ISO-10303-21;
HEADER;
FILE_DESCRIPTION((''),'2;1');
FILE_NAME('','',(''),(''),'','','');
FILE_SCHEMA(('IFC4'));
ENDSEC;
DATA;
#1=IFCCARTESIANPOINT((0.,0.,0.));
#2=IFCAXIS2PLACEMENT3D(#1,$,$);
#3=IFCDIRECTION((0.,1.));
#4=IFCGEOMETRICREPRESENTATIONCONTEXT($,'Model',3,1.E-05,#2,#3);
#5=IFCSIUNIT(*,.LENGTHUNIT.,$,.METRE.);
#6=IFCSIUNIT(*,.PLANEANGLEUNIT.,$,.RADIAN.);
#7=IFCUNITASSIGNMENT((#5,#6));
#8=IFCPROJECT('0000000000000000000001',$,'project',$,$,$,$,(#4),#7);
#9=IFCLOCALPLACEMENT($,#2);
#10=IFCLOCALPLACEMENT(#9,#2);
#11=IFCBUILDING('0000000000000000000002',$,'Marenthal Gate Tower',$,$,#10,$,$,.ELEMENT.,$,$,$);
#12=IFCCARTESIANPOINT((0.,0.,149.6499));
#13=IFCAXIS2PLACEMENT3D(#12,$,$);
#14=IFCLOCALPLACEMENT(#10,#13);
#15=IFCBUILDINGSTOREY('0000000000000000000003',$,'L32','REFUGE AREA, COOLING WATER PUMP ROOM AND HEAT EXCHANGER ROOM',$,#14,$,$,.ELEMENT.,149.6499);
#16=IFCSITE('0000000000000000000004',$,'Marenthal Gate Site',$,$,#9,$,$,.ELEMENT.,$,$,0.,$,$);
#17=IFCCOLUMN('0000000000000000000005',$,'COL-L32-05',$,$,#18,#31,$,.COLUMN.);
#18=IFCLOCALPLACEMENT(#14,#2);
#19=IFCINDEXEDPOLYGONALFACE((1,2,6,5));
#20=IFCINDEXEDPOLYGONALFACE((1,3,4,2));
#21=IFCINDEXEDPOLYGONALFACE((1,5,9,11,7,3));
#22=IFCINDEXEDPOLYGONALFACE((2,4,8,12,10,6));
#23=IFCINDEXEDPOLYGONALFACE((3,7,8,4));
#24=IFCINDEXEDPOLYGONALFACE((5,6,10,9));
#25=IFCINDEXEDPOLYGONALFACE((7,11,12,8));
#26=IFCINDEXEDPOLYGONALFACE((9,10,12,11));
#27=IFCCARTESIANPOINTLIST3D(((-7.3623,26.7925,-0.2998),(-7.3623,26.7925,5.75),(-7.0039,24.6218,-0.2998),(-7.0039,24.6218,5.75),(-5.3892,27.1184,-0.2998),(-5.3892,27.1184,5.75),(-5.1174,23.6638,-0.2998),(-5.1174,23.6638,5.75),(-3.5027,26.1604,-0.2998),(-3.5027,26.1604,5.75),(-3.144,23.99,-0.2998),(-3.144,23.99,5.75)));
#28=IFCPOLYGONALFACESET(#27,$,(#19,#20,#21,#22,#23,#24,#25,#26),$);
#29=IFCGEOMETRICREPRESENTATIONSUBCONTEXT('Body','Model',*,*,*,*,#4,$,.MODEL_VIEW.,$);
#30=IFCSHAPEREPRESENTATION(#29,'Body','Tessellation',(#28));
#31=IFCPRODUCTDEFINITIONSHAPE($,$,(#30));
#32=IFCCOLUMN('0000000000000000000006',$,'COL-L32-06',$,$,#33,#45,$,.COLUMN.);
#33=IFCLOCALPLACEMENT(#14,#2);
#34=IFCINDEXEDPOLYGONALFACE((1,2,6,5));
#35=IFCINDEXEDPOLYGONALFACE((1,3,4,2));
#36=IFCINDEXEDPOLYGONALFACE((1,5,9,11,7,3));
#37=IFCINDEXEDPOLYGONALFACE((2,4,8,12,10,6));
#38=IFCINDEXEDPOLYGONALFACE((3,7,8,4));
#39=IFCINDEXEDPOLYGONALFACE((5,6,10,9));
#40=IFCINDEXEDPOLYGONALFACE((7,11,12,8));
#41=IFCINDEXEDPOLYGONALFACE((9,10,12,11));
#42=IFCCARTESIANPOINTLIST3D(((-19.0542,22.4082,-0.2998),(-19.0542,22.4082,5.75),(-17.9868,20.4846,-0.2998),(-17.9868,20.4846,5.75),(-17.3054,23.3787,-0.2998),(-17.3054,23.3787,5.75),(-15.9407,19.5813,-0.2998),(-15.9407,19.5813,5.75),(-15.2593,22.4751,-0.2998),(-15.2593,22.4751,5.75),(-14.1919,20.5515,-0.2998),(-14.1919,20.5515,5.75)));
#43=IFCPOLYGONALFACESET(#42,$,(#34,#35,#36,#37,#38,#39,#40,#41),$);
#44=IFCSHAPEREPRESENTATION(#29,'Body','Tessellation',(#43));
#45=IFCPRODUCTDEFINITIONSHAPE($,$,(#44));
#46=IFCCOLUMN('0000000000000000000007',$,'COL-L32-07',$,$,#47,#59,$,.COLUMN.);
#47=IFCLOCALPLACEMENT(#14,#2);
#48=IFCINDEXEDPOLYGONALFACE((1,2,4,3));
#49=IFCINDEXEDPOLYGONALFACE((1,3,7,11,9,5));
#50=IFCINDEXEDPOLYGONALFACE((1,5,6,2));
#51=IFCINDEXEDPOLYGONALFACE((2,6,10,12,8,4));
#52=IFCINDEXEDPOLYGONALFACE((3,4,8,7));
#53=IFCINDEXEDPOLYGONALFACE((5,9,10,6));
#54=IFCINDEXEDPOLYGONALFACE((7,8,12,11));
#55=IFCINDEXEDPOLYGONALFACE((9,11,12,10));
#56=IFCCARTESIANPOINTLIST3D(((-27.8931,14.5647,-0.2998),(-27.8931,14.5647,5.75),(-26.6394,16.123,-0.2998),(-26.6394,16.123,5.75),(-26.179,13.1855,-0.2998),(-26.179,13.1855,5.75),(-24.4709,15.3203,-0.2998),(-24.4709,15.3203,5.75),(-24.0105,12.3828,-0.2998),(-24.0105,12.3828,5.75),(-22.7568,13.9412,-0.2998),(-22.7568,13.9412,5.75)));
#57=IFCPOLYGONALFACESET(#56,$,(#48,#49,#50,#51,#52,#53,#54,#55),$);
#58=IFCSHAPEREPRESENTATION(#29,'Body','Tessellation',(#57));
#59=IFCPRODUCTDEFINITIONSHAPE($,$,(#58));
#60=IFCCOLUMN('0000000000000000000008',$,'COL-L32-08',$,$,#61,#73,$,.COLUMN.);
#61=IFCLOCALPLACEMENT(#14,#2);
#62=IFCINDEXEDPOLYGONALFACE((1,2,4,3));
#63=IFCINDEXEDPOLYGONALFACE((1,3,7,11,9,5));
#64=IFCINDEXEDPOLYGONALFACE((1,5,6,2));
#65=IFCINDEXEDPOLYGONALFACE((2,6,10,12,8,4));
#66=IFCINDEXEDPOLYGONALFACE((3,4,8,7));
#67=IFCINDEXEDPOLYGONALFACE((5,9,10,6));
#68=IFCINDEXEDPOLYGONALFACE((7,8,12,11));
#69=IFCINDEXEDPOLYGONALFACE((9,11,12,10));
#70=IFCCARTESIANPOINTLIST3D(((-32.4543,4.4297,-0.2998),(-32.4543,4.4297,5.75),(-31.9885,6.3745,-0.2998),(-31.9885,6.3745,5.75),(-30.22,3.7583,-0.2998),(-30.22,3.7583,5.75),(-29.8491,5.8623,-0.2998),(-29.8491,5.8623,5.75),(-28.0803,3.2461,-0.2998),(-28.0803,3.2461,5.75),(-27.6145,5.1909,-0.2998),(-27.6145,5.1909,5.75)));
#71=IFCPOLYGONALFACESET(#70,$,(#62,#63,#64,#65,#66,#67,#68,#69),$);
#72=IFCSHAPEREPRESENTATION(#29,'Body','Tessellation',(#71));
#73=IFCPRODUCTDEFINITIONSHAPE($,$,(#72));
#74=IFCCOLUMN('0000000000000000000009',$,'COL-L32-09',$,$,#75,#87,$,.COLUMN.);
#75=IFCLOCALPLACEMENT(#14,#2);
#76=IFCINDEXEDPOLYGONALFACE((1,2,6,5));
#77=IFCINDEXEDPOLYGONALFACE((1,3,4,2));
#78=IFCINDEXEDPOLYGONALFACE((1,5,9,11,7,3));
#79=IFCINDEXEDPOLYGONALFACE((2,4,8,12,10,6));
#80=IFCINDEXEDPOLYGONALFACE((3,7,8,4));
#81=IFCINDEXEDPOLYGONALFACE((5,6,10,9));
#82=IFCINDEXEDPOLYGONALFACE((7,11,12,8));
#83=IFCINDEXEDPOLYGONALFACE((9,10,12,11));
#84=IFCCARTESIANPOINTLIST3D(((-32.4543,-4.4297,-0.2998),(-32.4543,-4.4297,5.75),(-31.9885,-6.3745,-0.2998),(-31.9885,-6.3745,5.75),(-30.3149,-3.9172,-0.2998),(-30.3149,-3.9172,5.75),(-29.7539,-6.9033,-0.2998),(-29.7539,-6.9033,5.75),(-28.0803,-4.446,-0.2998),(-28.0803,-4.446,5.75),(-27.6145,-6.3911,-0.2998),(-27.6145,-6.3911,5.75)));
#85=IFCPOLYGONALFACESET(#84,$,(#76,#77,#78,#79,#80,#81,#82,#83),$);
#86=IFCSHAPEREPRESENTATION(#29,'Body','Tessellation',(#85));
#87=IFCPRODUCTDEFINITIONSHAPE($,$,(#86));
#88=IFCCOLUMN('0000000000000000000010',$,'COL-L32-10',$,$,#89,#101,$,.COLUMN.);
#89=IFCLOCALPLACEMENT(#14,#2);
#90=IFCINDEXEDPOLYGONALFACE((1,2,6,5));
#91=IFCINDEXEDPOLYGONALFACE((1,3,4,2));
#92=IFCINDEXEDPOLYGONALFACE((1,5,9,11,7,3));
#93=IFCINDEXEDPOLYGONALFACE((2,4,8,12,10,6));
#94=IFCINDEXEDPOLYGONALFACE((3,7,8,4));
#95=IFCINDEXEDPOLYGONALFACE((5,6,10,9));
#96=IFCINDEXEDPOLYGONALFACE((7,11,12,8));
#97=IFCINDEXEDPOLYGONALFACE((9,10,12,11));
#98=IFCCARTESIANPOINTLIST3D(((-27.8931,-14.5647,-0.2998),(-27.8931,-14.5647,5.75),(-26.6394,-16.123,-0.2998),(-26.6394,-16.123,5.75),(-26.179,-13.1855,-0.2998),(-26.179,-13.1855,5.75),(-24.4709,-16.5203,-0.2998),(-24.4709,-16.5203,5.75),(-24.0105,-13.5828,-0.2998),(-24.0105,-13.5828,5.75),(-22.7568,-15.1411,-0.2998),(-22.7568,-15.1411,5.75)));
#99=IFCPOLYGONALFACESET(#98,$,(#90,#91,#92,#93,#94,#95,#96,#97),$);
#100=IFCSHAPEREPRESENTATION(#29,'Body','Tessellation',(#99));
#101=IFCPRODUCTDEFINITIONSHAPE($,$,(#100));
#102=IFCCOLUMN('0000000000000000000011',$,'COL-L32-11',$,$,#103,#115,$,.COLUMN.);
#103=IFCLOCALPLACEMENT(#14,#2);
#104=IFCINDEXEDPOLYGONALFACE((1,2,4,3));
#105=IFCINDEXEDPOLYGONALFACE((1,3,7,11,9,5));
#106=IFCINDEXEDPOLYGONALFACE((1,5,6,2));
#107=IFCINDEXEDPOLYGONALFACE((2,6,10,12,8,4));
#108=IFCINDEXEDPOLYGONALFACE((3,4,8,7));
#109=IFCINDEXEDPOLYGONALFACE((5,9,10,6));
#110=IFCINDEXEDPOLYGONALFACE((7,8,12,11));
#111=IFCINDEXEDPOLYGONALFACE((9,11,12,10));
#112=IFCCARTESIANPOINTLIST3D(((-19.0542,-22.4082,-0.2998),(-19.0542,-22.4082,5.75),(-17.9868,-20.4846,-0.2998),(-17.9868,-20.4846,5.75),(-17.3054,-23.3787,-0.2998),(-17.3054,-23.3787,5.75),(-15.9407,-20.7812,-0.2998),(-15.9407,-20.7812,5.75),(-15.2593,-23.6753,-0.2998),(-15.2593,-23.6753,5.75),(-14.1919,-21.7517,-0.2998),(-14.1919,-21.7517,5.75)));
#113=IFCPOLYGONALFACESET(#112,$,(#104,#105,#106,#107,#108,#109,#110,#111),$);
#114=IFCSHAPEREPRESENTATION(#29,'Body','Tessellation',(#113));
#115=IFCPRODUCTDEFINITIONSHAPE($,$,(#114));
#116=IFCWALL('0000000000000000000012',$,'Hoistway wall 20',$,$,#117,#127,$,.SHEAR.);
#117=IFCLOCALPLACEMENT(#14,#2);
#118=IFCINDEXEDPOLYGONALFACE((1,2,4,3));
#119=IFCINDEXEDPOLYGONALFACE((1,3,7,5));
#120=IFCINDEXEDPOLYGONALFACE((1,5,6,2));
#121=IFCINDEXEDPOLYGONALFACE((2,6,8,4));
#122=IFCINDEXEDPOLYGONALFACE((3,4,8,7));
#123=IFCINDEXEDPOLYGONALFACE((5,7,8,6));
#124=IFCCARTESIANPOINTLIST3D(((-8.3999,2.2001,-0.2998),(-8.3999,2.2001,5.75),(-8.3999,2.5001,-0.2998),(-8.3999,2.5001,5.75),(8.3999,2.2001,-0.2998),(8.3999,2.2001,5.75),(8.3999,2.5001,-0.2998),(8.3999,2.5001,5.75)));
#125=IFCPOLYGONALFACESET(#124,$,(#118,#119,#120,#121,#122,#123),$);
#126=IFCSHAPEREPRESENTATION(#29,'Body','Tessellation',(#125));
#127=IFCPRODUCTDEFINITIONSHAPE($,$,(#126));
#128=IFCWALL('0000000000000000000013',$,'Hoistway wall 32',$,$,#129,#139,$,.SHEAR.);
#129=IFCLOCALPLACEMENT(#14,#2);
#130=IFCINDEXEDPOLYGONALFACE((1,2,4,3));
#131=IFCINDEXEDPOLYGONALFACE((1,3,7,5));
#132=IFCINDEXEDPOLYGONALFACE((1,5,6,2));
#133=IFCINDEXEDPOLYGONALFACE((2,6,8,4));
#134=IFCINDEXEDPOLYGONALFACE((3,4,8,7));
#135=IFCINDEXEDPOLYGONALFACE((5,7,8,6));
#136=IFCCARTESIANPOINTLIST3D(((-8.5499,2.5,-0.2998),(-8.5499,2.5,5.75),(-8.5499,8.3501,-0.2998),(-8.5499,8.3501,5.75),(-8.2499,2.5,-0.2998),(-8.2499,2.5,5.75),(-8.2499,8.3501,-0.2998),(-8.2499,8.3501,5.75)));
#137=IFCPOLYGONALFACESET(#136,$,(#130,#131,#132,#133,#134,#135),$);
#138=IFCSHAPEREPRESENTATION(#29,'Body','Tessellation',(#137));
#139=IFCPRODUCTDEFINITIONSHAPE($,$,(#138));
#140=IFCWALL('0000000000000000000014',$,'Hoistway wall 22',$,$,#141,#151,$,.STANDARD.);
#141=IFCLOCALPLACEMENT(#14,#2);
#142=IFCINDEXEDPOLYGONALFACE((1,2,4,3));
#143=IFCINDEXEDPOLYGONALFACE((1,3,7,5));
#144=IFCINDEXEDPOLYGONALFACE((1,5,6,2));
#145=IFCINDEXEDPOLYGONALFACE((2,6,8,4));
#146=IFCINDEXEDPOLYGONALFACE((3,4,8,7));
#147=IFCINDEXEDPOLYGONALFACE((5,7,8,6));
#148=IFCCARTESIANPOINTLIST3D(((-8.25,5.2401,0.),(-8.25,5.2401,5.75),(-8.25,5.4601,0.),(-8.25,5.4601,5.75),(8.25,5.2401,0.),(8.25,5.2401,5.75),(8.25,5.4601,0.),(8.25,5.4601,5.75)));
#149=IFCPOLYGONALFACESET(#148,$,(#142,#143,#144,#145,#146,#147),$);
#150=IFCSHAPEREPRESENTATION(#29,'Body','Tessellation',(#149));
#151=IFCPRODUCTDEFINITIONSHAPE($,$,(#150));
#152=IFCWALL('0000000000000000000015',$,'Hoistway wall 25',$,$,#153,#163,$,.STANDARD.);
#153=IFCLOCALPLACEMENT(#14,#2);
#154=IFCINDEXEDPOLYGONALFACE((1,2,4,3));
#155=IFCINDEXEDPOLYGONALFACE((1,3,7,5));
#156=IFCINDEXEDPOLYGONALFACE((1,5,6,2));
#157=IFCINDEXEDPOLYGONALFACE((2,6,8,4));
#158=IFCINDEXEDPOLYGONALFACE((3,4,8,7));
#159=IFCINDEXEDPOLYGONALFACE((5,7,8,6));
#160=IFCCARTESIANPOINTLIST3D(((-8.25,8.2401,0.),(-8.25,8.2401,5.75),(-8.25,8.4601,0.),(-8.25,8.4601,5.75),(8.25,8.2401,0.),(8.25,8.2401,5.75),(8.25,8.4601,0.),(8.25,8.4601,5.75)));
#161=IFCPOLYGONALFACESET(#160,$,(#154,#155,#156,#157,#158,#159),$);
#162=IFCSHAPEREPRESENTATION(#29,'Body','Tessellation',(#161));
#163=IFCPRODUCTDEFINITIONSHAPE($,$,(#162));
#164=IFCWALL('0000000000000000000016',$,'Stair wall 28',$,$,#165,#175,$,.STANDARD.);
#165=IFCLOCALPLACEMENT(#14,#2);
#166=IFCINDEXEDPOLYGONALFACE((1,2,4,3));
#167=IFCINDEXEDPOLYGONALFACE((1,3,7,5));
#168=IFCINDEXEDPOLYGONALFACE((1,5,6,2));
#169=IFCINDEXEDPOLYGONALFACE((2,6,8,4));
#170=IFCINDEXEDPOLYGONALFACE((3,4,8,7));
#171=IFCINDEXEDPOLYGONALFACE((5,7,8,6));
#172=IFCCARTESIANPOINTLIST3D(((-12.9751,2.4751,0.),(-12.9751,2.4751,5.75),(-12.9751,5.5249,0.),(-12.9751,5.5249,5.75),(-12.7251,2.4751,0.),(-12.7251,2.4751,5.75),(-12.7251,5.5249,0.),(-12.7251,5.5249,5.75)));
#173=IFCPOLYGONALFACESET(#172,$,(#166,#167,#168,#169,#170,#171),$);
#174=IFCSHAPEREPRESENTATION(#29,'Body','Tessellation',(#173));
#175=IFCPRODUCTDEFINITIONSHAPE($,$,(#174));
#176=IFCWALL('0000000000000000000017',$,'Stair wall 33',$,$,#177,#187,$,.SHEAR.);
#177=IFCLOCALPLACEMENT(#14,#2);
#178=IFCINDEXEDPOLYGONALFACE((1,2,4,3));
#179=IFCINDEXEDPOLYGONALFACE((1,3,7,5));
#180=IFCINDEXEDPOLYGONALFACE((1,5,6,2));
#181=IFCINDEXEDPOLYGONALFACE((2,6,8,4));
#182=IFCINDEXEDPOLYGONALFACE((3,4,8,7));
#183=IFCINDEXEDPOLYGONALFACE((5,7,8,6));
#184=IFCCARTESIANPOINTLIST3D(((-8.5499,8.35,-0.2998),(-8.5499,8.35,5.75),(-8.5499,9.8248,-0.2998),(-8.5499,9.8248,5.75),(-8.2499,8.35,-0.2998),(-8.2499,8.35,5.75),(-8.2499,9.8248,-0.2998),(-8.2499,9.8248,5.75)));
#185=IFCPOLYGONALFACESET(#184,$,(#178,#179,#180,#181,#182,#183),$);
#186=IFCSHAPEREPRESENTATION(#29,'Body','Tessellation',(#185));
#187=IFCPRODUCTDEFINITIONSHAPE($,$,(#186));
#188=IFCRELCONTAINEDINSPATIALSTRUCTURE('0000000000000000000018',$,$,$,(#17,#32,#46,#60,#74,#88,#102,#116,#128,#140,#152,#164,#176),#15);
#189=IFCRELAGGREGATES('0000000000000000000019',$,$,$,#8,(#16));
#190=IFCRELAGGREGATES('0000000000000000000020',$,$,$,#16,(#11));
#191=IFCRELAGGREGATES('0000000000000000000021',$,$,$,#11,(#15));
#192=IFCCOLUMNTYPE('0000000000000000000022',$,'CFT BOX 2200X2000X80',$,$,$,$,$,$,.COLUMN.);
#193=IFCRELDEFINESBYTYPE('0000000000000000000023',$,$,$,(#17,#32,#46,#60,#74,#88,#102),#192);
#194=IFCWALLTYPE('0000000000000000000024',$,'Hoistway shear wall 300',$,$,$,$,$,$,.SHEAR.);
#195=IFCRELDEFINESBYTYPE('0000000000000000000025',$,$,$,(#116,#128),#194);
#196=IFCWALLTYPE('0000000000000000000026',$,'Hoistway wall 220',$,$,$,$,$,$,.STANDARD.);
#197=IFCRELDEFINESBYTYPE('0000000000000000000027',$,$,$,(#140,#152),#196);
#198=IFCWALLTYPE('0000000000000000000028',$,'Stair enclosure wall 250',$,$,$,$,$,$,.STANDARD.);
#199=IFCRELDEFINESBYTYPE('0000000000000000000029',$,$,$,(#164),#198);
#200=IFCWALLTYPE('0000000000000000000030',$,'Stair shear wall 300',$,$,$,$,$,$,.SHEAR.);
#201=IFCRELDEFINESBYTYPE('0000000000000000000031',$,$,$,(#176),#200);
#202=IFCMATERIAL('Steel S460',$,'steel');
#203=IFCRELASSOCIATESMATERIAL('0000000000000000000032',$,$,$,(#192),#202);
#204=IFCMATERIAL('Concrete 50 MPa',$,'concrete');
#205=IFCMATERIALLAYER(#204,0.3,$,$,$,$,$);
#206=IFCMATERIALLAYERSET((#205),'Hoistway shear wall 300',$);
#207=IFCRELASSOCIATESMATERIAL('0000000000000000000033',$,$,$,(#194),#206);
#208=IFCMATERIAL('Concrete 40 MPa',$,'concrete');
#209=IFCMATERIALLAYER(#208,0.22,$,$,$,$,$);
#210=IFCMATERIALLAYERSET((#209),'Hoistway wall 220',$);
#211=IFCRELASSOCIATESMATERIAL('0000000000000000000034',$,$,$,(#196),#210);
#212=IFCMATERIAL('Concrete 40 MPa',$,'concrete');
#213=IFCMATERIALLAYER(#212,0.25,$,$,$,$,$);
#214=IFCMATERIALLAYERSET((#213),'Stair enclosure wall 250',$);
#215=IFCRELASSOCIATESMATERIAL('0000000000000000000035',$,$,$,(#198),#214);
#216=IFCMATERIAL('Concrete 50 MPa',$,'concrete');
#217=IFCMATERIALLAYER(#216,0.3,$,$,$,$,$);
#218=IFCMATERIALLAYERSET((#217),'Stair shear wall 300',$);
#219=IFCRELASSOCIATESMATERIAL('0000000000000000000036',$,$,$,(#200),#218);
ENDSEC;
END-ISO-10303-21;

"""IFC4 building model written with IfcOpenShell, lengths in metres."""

from ifc_helpers import new_model, si_unit, direction, frame, frame_2d, origin, origin_2d, place, context, subcontext, project, spatial, polyline, rectangle, hollow_rectangle, outline, extrude, material, layer, layer_set, material_profile, profile_set, type_object, element, save


model = new_model("IFC4")

# Units and contexts
model_context = context("Model", 3, precision=1e-05, world=origin(), true_north=direction((0.0, 1.0)))
body_context = subcontext(model_context, "Body", "Model", "MODEL_VIEW")
ifc_project = project(units=[si_unit("LENGTHUNIT", "METRE"), si_unit("PLANEANGLEUNIT", "RADIAN")], contexts=[model_context])

# Site, building, storey
site_placement = place(None, origin())
site = spatial("IfcSite", under=ifc_project, at=site_placement, Name="Marenthal Gate Site", CompositionType="ELEMENT", RefElevation=0.0)
building_placement = place(site_placement, origin())
building = spatial("IfcBuilding", under=site, at=building_placement, Name="Marenthal Gate Tower", CompositionType="ELEMENT")
storey_placement = place(building_placement, frame((0.0, 0.0, 149.6499)))
storey = spatial("IfcBuildingStorey", under=building, at=storey_placement, Name="L32", Description="REFUGE AREA, COOLING WATER PUMP ROOM AND HEAT EXCHANGER ROOM", CompositionType="ELEMENT", Elevation=149.6499)

# Columns
ifc_material_1 = material(Name="Steel S460", Category="steel")
ifc_material_profile_1 = material_profile(ifc_material_1, hollow_rectangle(XDim=2.0, YDim=2.2, WallThickness=0.0801, at=origin_2d()), Name="CFT BOX 2200X2000X80")
ifc_material_2 = material(Name="Concrete 70 MPa", Category="concrete")
ifc_material_profile_2 = material_profile(ifc_material_2, rectangle(XDim=1.8401, YDim=2.04, at=origin_2d()), Name="CFT BOX 2200X2000X80 INFILL")
ifc_profile_set = profile_set([ifc_material_profile_1, ifc_material_profile_2], Name="Steel S460 shell, Concrete 70 MPa infill")
column_type = type_object("IfcColumnType", Name="CFT BOX 2200X2000X80", PredefinedType="COLUMN", material=ifc_profile_set)
column_1_placement = place(storey_placement, frame((0.0, 0.0, -0.2998)))
element("IfcColumn", 1, at=column_1_placement, inside=storey, type_object=column_type, Name="COL-L32-05", PredefinedType="COLUMN", context=body_context, shape_type="SweptSolid", body=[
    extrude(outline(polyline([(-5.1174, 23.6638), (-7.0039, 24.6218), (-7.3623, 26.7925), (-5.3892, 27.1184), (-3.5027, 26.1604), (-3.144, 23.99), (-5.1174, 23.6638)])), origin(), (0.0, 0.0, 1.0), 6.0498),
])
column_2_placement = place(storey_placement, frame((0.0, 0.0, -0.2998)))
element("IfcColumn", 2, at=column_2_placement, inside=storey, type_object=column_type, Name="COL-L32-06", PredefinedType="COLUMN", context=body_context, shape_type="SweptSolid", body=[
    extrude(outline(polyline([(-15.9407, 19.5813), (-17.9868, 20.4846), (-19.0542, 22.4082), (-17.3054, 23.3787), (-15.2593, 22.4751), (-14.1919, 20.5515), (-15.9407, 19.5813)])), origin(), (0.0, 0.0, 1.0), 6.0498),
])
column_3_placement = place(storey_placement, frame((0.0, 0.0, -0.2998)))
element("IfcColumn", 3, at=column_3_placement, inside=storey, type_object=column_type, Name="COL-L32-07", PredefinedType="COLUMN", context=body_context, shape_type="SweptSolid", body=[
    extrude(outline(polyline([(-24.0105, 12.3828), (-26.179, 13.1855), (-27.8931, 14.5647), (-26.6394, 16.123), (-24.4709, 15.3203), (-22.7568, 13.9412), (-24.0105, 12.3828)])), origin(), (0.0, 0.0, 1.0), 6.0498),
])
column_4_placement = place(storey_placement, frame((0.0, 0.0, -0.2998)))
element("IfcColumn", 4, at=column_4_placement, inside=storey, type_object=column_type, Name="COL-L32-08", PredefinedType="COLUMN", context=body_context, shape_type="SweptSolid", body=[
    extrude(outline(polyline([(-28.0803, 3.2461), (-30.22, 3.7583), (-32.4543, 4.4297), (-31.9885, 6.3745), (-29.8491, 5.8623), (-27.6145, 5.1909), (-28.0803, 3.2461)])), origin(), (0.0, 0.0, 1.0), 6.0498),
])
column_5_placement = place(storey_placement, frame((0.0, 0.0, -0.2998)))
element("IfcColumn", 5, at=column_5_placement, inside=storey, type_object=column_type, Name="COL-L32-09", PredefinedType="COLUMN", context=body_context, shape_type="SweptSolid", body=[
    extrude(outline(polyline([(-29.7539, -6.9033), (-31.9885, -6.3745), (-32.4543, -4.4297), (-30.3149, -3.9172), (-28.0803, -4.446), (-27.6145, -6.3911), (-29.7539, -6.9033)])), origin(), (0.0, 0.0, 1.0), 6.0498),
])
column_6_placement = place(storey_placement, frame((0.0, 0.0, -0.2998)))
element("IfcColumn", 6, at=column_6_placement, inside=storey, type_object=column_type, Name="COL-L32-10", PredefinedType="COLUMN", context=body_context, shape_type="SweptSolid", body=[
    extrude(outline(polyline([(-24.4709, -16.5203), (-26.6394, -16.123), (-27.8931, -14.5647), (-26.179, -13.1855), (-24.0105, -13.5828), (-22.7568, -15.1411), (-24.4709, -16.5203)])), origin(), (0.0, 0.0, 1.0), 6.0498),
])
column_7_placement = place(storey_placement, frame((0.0, 0.0, -0.2998)))
element("IfcColumn", 7, at=column_7_placement, inside=storey, type_object=column_type, Name="COL-L32-11", PredefinedType="COLUMN", context=body_context, shape_type="SweptSolid", body=[
    extrude(outline(polyline([(-15.2593, -23.6753), (-17.3054, -23.3787), (-19.0542, -22.4082), (-17.9868, -20.4846), (-15.9407, -20.7812), (-14.1919, -21.7517), (-15.2593, -23.6753)])), origin(), (0.0, 0.0, 1.0), 6.0498),
])

# Walls
ifc_material_3 = material(Name="Concrete 50 MPa", Category="concrete")
ifc_layer_1 = layer(ifc_material_3, 0.3)
ifc_layer_set_1 = layer_set([ifc_layer_1], Name="Hoistway shear wall 300")
wall_type_1 = type_object("IfcWallType", Name="Hoistway shear wall 300", PredefinedType="SHEAR", material=ifc_layer_set_1)
wall_1_placement = place(storey_placement, frame((-8.3999, 2.3501, -0.2998), z_axis=(0.0, 0.0, 1.0), x_axis=(1.0, 0.0, 0.0)))
element("IfcWall", 8, at=wall_1_placement, inside=storey, type_object=wall_type_1, Name="Hoistway wall 20", PredefinedType="SHEAR", context=body_context, shape_type="SweptSolid", body=[
    extrude(rectangle(XDim=16.7998, YDim=0.3, at=frame_2d((8.3999, 0.0))), origin(), (0.0, 0.0, 1.0), 6.0498),
])
wall_2_placement = place(storey_placement, frame((-8.3999, 2.5, -0.2998), z_axis=(0.0, 0.0, 1.0), x_axis=(0.0, 1.0, 0.0)))
element("IfcWall", 9, at=wall_2_placement, inside=storey, type_object=wall_type_1, Name="Hoistway wall 32", PredefinedType="SHEAR", context=body_context, shape_type="SweptSolid", body=[
    extrude(rectangle(XDim=5.8501, YDim=0.3, at=frame_2d((2.925, 0.0))), origin(), (0.0, 0.0, 1.0), 6.0498),
])
ifc_material_4 = material(Name="Concrete 40 MPa", Category="concrete")
ifc_layer_2 = layer(ifc_material_4, 0.22)
ifc_layer_set_2 = layer_set([ifc_layer_2], Name="Hoistway wall 220")
wall_type_2 = type_object("IfcWallType", Name="Hoistway wall 220", PredefinedType="STANDARD", material=ifc_layer_set_2)
for number, where, z_axis, x_axis, name in (
    (10, (-8.25, 5.3501, 0.0), (0.0, 0.0, 1.0), (1.0, 0.0, 0.0), "Hoistway wall 22"),
    (11, (-8.25, 8.3501, 0.0), (0.0, 0.0, 1.0), (1.0, 0.0, 0.0), "Hoistway wall 25"),
):
    element("IfcWall", number, at=place(storey_placement, frame(where, z_axis=z_axis, x_axis=x_axis)), inside=storey, type_object=wall_type_2, Name=name, PredefinedType="STANDARD", context=body_context, shape_type="SweptSolid", body=[
        extrude(rectangle(XDim=16.5, YDim=0.22, at=frame_2d((8.25, 0.0))), origin(), (0.0, 0.0, 1.0), 5.75),
    ])
ifc_material_5 = material(Name="Concrete 40 MPa", Category="concrete")
ifc_layer_3 = layer(ifc_material_5, 0.25)
ifc_layer_set_3 = layer_set([ifc_layer_3], Name="Stair enclosure wall 250")
wall_type_3 = type_object("IfcWallType", Name="Stair enclosure wall 250", PredefinedType="STANDARD", material=ifc_layer_set_3)
wall_3_placement = place(storey_placement, frame((-12.8501, 2.4751, 0.0), z_axis=(0.0, 0.0, 1.0), x_axis=(0.0, 1.0, 0.0)))
element("IfcWall", 12, at=wall_3_placement, inside=storey, type_object=wall_type_3, Name="Stair wall 28", PredefinedType="STANDARD", context=body_context, shape_type="SweptSolid", body=[
    extrude(rectangle(XDim=3.0498, YDim=0.25, at=frame_2d((1.5249, 0.0))), origin(), (0.0, 0.0, 1.0), 5.75),
])
ifc_material_6 = material(Name="Concrete 50 MPa", Category="concrete")
ifc_layer_4 = layer(ifc_material_6, 0.3)
ifc_layer_set_4 = layer_set([ifc_layer_4], Name="Stair shear wall 300")
wall_type_4 = type_object("IfcWallType", Name="Stair shear wall 300", PredefinedType="SHEAR", material=ifc_layer_set_4)
wall_4_placement = place(storey_placement, frame((-8.3999, 8.3501, -0.2998), z_axis=(0.0, 0.0, 1.0), x_axis=(0.0, 1.0, 0.0)))
element("IfcWall", 13, at=wall_4_placement, inside=storey, type_object=wall_type_4, Name="Stair wall 33", PredefinedType="SHEAR", context=body_context, shape_type="SweptSolid", body=[
    extrude(rectangle(XDim=1.4749, YDim=0.3, at=frame_2d((0.7373, 0.0))), origin(), (0.0, 0.0, 1.0), 6.0498),
])

save(model, "model.ifc")
